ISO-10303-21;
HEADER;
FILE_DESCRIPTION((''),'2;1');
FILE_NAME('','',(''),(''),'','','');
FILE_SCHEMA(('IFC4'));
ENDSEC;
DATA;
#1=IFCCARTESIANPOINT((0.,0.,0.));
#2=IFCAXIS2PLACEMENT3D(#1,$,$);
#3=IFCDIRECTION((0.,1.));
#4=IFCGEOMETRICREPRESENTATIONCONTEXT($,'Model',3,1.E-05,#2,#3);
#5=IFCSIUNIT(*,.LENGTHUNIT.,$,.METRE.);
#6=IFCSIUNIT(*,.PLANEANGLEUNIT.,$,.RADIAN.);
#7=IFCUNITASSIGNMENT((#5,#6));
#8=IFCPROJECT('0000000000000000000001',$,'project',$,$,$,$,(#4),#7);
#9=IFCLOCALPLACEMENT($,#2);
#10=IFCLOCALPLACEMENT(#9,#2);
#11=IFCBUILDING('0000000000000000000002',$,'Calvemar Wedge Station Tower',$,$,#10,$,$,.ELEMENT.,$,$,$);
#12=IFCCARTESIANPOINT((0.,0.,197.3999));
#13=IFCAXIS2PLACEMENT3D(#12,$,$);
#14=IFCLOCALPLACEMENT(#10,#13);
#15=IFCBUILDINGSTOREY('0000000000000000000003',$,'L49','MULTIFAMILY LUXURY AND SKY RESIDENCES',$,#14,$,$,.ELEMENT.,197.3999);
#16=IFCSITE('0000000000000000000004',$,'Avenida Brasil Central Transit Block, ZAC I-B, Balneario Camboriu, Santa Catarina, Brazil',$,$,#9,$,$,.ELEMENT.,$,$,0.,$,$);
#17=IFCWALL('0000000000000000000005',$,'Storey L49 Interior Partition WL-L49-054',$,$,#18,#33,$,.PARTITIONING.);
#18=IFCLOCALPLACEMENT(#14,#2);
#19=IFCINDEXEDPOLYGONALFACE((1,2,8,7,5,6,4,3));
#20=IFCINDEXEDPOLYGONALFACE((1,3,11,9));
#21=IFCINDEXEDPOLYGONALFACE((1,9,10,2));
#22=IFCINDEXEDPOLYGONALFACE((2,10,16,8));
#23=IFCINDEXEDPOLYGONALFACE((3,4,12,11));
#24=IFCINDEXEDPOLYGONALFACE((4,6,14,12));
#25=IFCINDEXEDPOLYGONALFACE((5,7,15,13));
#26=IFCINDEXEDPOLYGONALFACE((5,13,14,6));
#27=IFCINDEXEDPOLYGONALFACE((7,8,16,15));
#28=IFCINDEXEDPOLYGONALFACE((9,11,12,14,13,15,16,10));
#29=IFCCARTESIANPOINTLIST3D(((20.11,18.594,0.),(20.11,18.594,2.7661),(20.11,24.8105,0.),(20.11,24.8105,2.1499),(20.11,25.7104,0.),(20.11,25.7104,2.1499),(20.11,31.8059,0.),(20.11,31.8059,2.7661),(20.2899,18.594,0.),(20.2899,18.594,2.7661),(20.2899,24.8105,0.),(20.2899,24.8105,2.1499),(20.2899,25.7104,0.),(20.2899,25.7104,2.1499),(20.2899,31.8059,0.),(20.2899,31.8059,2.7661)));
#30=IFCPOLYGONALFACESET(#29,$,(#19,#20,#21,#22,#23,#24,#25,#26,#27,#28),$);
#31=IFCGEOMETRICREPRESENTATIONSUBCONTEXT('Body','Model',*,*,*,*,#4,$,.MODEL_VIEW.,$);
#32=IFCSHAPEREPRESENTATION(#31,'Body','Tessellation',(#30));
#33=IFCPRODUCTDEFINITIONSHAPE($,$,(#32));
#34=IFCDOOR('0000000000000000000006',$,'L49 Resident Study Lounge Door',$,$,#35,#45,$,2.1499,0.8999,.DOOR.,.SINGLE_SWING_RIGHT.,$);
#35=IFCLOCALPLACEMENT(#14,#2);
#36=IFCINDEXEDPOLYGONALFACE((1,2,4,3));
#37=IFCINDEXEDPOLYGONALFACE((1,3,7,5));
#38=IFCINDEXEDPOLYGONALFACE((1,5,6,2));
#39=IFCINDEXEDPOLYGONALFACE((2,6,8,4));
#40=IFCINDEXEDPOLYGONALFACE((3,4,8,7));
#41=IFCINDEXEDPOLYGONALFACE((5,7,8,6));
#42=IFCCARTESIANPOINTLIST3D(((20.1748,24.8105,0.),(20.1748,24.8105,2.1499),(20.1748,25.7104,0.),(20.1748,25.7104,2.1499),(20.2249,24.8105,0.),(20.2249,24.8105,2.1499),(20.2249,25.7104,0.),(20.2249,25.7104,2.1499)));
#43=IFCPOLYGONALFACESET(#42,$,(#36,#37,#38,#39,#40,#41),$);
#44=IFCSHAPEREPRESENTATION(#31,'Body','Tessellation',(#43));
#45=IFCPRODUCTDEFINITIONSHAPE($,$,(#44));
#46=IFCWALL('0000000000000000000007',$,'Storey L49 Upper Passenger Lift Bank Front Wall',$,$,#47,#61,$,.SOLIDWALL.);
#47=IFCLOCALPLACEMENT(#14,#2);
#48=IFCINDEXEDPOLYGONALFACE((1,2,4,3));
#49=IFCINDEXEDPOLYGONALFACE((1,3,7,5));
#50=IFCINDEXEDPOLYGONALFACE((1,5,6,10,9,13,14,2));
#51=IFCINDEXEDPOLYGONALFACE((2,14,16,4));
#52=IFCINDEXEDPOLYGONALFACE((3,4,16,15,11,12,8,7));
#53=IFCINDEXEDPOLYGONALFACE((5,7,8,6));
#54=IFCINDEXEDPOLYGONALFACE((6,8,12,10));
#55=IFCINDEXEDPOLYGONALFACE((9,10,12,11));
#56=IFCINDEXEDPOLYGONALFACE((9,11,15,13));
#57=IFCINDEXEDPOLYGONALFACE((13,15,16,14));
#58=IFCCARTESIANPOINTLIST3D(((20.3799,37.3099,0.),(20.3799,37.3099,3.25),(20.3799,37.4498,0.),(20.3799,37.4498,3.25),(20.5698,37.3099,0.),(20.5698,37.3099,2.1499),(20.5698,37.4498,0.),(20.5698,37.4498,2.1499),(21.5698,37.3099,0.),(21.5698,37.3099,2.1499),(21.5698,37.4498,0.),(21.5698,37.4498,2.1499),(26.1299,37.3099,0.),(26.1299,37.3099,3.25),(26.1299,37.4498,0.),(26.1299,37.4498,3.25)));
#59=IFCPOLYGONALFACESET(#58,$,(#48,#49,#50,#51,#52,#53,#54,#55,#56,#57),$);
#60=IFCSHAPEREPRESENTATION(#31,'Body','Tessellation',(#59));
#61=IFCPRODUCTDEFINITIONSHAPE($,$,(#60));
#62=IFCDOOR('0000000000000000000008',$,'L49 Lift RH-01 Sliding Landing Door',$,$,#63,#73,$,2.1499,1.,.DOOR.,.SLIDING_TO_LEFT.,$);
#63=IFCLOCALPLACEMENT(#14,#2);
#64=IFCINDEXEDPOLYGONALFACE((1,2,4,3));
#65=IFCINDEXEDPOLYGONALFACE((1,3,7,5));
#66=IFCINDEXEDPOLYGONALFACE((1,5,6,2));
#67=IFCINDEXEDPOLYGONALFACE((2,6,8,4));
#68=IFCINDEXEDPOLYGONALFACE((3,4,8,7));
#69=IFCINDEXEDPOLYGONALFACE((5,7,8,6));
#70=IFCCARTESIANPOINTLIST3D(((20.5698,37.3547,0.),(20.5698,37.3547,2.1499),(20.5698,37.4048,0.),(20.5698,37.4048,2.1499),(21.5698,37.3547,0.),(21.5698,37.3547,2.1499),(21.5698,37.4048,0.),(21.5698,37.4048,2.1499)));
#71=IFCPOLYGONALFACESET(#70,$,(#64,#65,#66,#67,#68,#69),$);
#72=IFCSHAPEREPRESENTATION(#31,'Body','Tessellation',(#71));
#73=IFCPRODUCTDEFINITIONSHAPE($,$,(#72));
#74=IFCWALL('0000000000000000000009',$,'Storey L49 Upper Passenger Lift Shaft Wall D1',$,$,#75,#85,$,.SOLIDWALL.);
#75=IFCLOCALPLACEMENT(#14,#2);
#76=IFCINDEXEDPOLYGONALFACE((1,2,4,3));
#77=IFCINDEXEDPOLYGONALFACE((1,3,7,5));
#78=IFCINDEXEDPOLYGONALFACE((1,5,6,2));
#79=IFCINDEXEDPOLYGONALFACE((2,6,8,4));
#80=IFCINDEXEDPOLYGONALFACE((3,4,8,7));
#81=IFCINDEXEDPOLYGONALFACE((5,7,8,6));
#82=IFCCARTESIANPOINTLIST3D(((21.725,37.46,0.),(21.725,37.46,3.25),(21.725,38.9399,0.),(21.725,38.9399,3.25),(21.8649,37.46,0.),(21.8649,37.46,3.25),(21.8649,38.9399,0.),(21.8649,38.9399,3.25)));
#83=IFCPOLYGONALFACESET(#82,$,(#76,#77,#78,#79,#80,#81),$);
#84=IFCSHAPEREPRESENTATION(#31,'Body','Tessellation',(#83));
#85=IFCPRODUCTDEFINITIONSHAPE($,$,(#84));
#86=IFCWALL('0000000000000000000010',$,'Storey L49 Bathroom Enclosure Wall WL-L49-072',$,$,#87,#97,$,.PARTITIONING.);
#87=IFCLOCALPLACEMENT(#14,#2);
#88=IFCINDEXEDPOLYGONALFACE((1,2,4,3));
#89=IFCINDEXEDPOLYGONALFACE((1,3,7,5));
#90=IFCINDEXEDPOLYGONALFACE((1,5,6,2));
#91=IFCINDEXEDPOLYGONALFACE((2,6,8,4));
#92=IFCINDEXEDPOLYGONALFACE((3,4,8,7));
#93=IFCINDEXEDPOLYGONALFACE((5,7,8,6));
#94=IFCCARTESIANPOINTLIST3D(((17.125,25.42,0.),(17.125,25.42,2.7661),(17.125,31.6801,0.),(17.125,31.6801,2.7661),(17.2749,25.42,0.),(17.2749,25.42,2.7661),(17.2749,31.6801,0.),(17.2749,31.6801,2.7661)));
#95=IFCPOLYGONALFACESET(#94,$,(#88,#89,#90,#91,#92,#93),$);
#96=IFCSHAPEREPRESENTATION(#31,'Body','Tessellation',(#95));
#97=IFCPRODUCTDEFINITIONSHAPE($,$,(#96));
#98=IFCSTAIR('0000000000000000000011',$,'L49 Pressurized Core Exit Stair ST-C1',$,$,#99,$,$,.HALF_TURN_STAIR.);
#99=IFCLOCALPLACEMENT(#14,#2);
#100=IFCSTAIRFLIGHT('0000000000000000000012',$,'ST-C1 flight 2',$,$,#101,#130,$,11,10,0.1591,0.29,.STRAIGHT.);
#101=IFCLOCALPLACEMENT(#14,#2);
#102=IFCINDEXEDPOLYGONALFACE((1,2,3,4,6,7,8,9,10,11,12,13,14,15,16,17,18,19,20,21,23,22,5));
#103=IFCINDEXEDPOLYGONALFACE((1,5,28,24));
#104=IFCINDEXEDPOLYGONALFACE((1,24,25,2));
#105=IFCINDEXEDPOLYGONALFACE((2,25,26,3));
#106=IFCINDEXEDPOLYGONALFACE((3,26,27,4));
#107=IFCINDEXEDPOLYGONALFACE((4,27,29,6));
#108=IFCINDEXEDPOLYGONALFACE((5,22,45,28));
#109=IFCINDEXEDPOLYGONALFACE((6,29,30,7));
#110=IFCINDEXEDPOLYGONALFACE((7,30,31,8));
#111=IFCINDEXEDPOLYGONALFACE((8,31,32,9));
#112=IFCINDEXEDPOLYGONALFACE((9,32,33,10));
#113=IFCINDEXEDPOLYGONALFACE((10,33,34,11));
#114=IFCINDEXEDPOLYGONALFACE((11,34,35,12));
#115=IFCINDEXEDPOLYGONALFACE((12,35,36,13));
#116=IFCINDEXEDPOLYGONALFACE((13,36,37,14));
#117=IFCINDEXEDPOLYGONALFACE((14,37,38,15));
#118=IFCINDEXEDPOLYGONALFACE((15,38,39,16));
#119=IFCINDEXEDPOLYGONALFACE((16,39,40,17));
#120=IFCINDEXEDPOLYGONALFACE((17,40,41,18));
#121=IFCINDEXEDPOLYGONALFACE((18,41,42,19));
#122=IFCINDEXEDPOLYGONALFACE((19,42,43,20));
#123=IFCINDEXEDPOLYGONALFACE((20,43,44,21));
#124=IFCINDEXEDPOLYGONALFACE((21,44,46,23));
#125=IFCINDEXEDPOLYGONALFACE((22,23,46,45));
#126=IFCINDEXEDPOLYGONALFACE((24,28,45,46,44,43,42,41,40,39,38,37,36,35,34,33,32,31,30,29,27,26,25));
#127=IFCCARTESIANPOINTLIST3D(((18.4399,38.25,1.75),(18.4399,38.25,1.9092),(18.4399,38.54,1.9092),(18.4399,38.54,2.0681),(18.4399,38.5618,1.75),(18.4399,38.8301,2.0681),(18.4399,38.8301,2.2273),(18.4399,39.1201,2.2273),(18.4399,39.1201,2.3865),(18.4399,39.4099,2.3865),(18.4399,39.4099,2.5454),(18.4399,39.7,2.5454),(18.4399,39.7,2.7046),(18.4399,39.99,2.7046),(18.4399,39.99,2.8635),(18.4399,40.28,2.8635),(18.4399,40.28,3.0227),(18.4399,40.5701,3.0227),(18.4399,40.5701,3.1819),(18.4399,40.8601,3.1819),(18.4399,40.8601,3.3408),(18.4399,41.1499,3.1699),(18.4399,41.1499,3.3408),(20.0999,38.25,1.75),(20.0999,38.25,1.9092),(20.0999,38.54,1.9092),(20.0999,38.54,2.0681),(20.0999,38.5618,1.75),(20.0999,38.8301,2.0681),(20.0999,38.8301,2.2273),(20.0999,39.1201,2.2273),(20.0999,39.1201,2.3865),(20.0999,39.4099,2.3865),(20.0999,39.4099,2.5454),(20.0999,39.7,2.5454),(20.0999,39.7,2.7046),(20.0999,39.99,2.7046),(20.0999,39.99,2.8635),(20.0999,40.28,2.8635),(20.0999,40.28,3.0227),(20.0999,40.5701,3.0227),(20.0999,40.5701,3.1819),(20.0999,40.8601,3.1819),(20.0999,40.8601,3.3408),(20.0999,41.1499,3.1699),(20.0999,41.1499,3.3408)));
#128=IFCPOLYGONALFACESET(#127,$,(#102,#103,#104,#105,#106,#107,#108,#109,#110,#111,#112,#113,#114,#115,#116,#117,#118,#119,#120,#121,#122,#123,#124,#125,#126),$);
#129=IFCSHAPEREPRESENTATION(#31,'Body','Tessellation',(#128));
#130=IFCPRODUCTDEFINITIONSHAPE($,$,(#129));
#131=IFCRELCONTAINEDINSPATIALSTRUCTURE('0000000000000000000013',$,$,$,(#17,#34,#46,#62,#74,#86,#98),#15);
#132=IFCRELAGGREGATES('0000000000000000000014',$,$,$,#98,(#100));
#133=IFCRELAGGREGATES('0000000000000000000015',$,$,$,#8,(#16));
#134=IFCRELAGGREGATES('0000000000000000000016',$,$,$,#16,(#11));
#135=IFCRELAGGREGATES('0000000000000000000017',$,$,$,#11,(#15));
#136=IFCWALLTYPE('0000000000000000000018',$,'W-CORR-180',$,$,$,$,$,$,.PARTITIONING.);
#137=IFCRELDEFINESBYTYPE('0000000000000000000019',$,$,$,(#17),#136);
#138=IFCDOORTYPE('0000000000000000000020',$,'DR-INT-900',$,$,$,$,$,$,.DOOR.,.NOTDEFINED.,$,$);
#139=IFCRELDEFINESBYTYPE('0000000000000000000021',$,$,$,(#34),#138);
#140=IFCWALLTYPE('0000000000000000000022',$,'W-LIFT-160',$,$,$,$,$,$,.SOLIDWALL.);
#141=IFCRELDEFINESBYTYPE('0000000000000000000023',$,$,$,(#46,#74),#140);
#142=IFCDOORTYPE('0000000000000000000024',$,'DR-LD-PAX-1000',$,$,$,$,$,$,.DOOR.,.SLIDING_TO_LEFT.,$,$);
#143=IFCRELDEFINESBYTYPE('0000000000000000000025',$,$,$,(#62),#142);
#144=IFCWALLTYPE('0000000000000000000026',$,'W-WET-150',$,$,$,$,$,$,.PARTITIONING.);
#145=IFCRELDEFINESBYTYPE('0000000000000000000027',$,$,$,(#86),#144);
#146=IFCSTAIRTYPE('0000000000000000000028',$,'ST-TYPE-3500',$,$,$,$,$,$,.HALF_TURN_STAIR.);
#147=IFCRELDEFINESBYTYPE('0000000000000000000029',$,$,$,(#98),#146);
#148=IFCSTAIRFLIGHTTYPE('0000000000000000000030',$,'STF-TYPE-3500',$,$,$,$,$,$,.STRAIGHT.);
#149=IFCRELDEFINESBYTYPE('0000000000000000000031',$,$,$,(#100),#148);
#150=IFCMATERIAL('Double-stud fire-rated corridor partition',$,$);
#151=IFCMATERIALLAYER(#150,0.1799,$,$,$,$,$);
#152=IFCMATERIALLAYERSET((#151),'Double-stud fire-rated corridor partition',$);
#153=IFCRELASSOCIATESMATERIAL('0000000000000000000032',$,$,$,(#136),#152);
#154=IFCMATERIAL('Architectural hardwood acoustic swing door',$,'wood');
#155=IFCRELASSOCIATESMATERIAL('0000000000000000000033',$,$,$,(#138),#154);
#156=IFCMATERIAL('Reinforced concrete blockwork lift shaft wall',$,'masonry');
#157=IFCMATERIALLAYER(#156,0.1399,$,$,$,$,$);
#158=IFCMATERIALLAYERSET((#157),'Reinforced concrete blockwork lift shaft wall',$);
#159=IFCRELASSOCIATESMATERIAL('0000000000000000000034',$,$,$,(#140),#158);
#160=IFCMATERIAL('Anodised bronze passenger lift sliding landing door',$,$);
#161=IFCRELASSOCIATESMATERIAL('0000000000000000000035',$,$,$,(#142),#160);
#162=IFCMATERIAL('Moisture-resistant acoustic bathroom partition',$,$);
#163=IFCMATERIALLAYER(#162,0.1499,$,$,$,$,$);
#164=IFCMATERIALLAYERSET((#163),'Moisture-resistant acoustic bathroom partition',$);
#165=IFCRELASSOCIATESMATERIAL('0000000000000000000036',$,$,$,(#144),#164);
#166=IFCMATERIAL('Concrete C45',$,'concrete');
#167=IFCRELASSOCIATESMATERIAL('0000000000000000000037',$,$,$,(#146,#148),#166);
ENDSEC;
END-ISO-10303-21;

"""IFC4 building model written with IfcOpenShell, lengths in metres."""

from ifc_helpers import new_model, si_unit, direction, frame, frame_2d, origin, place, context, subcontext, project, spatial, polyline, rectangle, outline, extrude, source, transform, mapped, material, layer, layer_set, type_object, element, fill, aggregate, save


model = new_model("IFC4")

# Units and contexts
model_context = context("Model", 3, precision=1e-05, world=origin(), true_north=direction((0.0, 1.0)))
body_context = subcontext(model_context, "Body", "Model", "MODEL_VIEW")
ifc_project = project(units=[si_unit("LENGTHUNIT", "METRE"), si_unit("PLANEANGLEUNIT", "RADIAN")], contexts=[model_context])

# Site, building, storey
site_placement = place(None, origin())
site = spatial("IfcSite", under=ifc_project, at=site_placement, Name="Avenida Brasil Central Transit Block, ZAC I-B, Balneario Camboriu, Santa Catarina, Brazil", CompositionType="ELEMENT", RefElevation=0.0)
building_placement = place(site_placement, origin())
building = spatial("IfcBuilding", under=site, at=building_placement, Name="Calvemar Wedge Station Tower", CompositionType="ELEMENT")
storey_placement = place(building_placement, frame((0.0, 0.0, 197.3999)))
storey = spatial("IfcBuildingStorey", under=building, at=storey_placement, Name="L49", Description="MULTIFAMILY LUXURY AND SKY RESIDENCES", CompositionType="ELEMENT", Elevation=197.3999)

# Shared definitions
ifc_material_1 = material(Name="Double-stud fire-rated corridor partition")
ifc_layer_1 = layer(ifc_material_1, 0.1799)
ifc_layer_set_1 = layer_set([ifc_layer_1], Name="Double-stud fire-rated corridor partition")
wall_type_1 = type_object("IfcWallType", Name="W-CORR-180", PredefinedType="PARTITIONING", material=ifc_layer_set_1)
shared_shape_1 = source(origin(), body_context, "Body", "SweptSolid", [
    extrude(rectangle(XDim=0.8999, YDim=2.1499, at=frame_2d((0.45, 1.075))), frame((0.0, 0.1001, 0.0), z_axis=(0.0, -1.0, 0.0), x_axis=(1.0, 0.0, 0.0)), (0.0, 0.0, 1.0), 0.2),
])

# Walls, openings, doors
wall_1_placement = place(storey_placement, frame((20.2, 31.8059, 0.0), z_axis=(0.0, 0.0, 1.0), x_axis=(0.0, -1.0, 0.0)))
wall_1 = element("IfcWall", 1, at=wall_1_placement, inside=storey, type_object=wall_type_1, Name="Storey L49 Interior Partition WL-L49-054", PredefinedType="PARTITIONING", context=body_context, shape_type="SweptSolid", body=[
    extrude(rectangle(XDim=13.2119, YDim=0.1799, at=frame_2d((6.606, 0.0))), origin(), (0.0, 0.0, 1.0), 2.7661),
])
opening_1_placement = place(wall_1_placement, frame((6.0955, 0.0, 0.0)))
opening_1 = element("IfcOpeningElement", 2, at=opening_1_placement, cuts=wall_1, PredefinedType="OPENING", context=body_context, shape_type="MappedRepresentation", body=[
    mapped(shared_shape_1, transform((0.0, 0.0, 0.0), scale=1.0)),
])
ifc_material_2 = material(Name="Architectural hardwood acoustic swing door", Category="wood")
door_type_1 = type_object("IfcDoorType", Name="DR-INT-900", OperationType="NOTDEFINED", PredefinedType="DOOR", material=ifc_material_2)
shared_shape_2 = source(origin(), body_context, "Body", "SweptSolid", [
    extrude(rectangle(XDim=0.8999, YDim=2.1499, at=frame_2d((0.45, 1.075))), frame((0.0, 0.0249, 0.0), z_axis=(0.0, -1.0, 0.0), x_axis=(1.0, 0.0, 0.0)), (0.0, 0.0, 1.0), 0.05),
])
door_1_placement = place(opening_1_placement, origin())
door_1 = element("IfcDoor", 3, at=door_1_placement, inside=storey, type_object=door_type_1, Name="L49 Resident Study Lounge Door", OperationType="SINGLE_SWING_RIGHT", OverallHeight=2.1499, OverallWidth=0.8999, PredefinedType="DOOR", context=body_context, shape_type="MappedRepresentation", body=[
    mapped(shared_shape_2, transform((0.0, 0.0, 0.0), scale=1.0)),
])
fill(opening_1, door_1)
ifc_material_3 = material(Name="Reinforced concrete blockwork lift shaft wall", Category="masonry")
ifc_layer_2 = layer(ifc_material_3, 0.1399)
ifc_layer_set_2 = layer_set([ifc_layer_2], Name="Reinforced concrete blockwork lift shaft wall")
wall_type_2 = type_object("IfcWallType", Name="W-LIFT-160", PredefinedType="SOLIDWALL", material=ifc_layer_set_2)
wall_2_placement = place(storey_placement, frame((20.3799, 37.3799, 0.0), z_axis=(0.0, 0.0, 1.0), x_axis=(1.0, 0.0, 0.0)))
wall_2 = element("IfcWall", 4, at=wall_2_placement, inside=storey, type_object=wall_type_2, Name="Storey L49 Upper Passenger Lift Bank Front Wall", PredefinedType="SOLIDWALL", context=body_context, shape_type="SweptSolid", body=[
    extrude(rectangle(XDim=5.75, YDim=0.1399, at=frame_2d((2.875, 0.0))), origin(), (0.0, 0.0, 1.0), 3.25),
])
shared_shape_3 = source(origin(), body_context, "Body", "SweptSolid", [
    extrude(rectangle(XDim=1.0, YDim=2.1499, at=frame_2d((0.5, 1.075))), frame((0.0, 0.0801, 0.0), z_axis=(0.0, -1.0, 0.0), x_axis=(1.0, 0.0, 0.0)), (0.0, 0.0, 1.0), 0.1599),
])
opening_2_placement = place(wall_2_placement, frame((0.1899, 0.0, 0.0)))
opening_2 = element("IfcOpeningElement", 5, at=opening_2_placement, cuts=wall_2, PredefinedType="OPENING", context=body_context, shape_type="MappedRepresentation", body=[
    mapped(shared_shape_3, transform((0.0, 0.0, 0.0), scale=1.0)),
])
ifc_material_4 = material(Name="Anodised bronze passenger lift sliding landing door")
door_type_2 = type_object("IfcDoorType", Name="DR-LD-PAX-1000", OperationType="SLIDING_TO_LEFT", PredefinedType="DOOR", material=ifc_material_4)
shared_shape_4 = source(origin(), body_context, "Body", "SweptSolid", [
    extrude(rectangle(XDim=1.0, YDim=2.1499, at=frame_2d((0.5, 1.075))), frame((0.0, 0.0249, 0.0), z_axis=(0.0, -1.0, 0.0), x_axis=(1.0, 0.0, 0.0)), (0.0, 0.0, 1.0), 0.05),
])
door_2_placement = place(opening_2_placement, origin())
door_2 = element("IfcDoor", 6, at=door_2_placement, inside=storey, type_object=door_type_2, Name="L49 Lift RH-01 Sliding Landing Door", OperationType="SLIDING_TO_LEFT", OverallHeight=2.1499, OverallWidth=1.0, PredefinedType="DOOR", context=body_context, shape_type="MappedRepresentation", body=[
    mapped(shared_shape_4, transform((0.0, 0.0, 0.0), scale=1.0)),
])
fill(opening_2, door_2)

# Walls
wall_3_placement = place(storey_placement, frame((21.7949, 37.46, 0.0), z_axis=(0.0, 0.0, 1.0), x_axis=(0.0, 1.0, 0.0)))
element("IfcWall", 7, at=wall_3_placement, inside=storey, type_object=wall_type_2, Name="Storey L49 Upper Passenger Lift Shaft Wall D1", PredefinedType="SOLIDWALL", context=body_context, shape_type="SweptSolid", body=[
    extrude(rectangle(XDim=1.48, YDim=0.1399, at=frame_2d((0.74, 0.0))), origin(), (0.0, 0.0, 1.0), 3.25),
])
ifc_material_5 = material(Name="Moisture-resistant acoustic bathroom partition")
ifc_layer_3 = layer(ifc_material_5, 0.1499)
ifc_layer_set_3 = layer_set([ifc_layer_3], Name="Moisture-resistant acoustic bathroom partition")
wall_type_3 = type_object("IfcWallType", Name="W-WET-150", PredefinedType="PARTITIONING", material=ifc_layer_set_3)
wall_4_placement = place(storey_placement, frame((17.2, 31.6799, 0.0), z_axis=(0.0, 0.0, 1.0), x_axis=(0.0, -1.0, 0.0)))
element("IfcWall", 8, at=wall_4_placement, inside=storey, type_object=wall_type_3, Name="Storey L49 Bathroom Enclosure Wall WL-L49-072", PredefinedType="PARTITIONING", context=body_context, shape_type="SweptSolid", body=[
    extrude(rectangle(XDim=6.26, YDim=0.1499, at=frame_2d((3.1299, 0.0))), origin(), (0.0, 0.0, 1.0), 2.7661),
])

# Stair, stair flight
ifc_material_6 = material(Name="Concrete C45", Category="concrete")
stair_type = type_object("IfcStairType", Name="ST-TYPE-3500", PredefinedType="HALF_TURN_STAIR", material=ifc_material_6)
stair_placement = place(storey_placement, origin())
stair = element("IfcStair", 9, at=stair_placement, inside=storey, type_object=stair_type, Name="L49 Pressurized Core Exit Stair ST-C1", PredefinedType="HALF_TURN_STAIR")
stair_flight_type = type_object("IfcStairFlightType", Name="STF-TYPE-3500", PredefinedType="STRAIGHT", material=ifc_material_6)
stair_flight_placement = place(storey_placement, frame((19.27, 38.25, 1.75), z_axis=(0.0, 0.0, 1.0), x_axis=(0.0, 1.0, 0.0)))
stair_flight = element("IfcStairFlight", 10, at=stair_flight_placement, type_object=stair_flight_type, Name="ST-C1 flight 2", NumberOfRisers=11, NumberOfTreads=10, PredefinedType="STRAIGHT", RiserHeight=0.1591, TreadLength=0.29, context=body_context, shape_type="SweptSolid", body=[
    extrude(outline(polyline([(0.0, 0.0), (0.0, 0.1592), (0.29, 0.1592), (0.29, 0.3181), (0.5801, 0.3181), (0.5801, 0.4773), (0.8701, 0.4773), (0.8701, 0.6365), (1.1599, 0.6365), (1.1599, 0.7954), (1.45, 0.7954), (1.45, 0.9546), (1.74, 0.9546), (1.74, 1.1135), (2.03, 1.1135), (2.03, 1.2727), (2.3201, 1.2727), (2.3201, 1.4319), (2.6101, 1.4319), (2.6101, 1.5908), (2.8999, 1.5908), (2.8999, 1.75), (2.8999, 1.4199), (0.3118, 0.0), (0.0, 0.0)])), frame((0.0, 0.8301, 0.0), z_axis=(0.0, -1.0, 0.0), x_axis=(1.0, 0.0, 0.0)), (0.0, 0.0, 1.0), 1.6599),
])
aggregate(stair, [stair_flight])

save(model, "model.ifc")
